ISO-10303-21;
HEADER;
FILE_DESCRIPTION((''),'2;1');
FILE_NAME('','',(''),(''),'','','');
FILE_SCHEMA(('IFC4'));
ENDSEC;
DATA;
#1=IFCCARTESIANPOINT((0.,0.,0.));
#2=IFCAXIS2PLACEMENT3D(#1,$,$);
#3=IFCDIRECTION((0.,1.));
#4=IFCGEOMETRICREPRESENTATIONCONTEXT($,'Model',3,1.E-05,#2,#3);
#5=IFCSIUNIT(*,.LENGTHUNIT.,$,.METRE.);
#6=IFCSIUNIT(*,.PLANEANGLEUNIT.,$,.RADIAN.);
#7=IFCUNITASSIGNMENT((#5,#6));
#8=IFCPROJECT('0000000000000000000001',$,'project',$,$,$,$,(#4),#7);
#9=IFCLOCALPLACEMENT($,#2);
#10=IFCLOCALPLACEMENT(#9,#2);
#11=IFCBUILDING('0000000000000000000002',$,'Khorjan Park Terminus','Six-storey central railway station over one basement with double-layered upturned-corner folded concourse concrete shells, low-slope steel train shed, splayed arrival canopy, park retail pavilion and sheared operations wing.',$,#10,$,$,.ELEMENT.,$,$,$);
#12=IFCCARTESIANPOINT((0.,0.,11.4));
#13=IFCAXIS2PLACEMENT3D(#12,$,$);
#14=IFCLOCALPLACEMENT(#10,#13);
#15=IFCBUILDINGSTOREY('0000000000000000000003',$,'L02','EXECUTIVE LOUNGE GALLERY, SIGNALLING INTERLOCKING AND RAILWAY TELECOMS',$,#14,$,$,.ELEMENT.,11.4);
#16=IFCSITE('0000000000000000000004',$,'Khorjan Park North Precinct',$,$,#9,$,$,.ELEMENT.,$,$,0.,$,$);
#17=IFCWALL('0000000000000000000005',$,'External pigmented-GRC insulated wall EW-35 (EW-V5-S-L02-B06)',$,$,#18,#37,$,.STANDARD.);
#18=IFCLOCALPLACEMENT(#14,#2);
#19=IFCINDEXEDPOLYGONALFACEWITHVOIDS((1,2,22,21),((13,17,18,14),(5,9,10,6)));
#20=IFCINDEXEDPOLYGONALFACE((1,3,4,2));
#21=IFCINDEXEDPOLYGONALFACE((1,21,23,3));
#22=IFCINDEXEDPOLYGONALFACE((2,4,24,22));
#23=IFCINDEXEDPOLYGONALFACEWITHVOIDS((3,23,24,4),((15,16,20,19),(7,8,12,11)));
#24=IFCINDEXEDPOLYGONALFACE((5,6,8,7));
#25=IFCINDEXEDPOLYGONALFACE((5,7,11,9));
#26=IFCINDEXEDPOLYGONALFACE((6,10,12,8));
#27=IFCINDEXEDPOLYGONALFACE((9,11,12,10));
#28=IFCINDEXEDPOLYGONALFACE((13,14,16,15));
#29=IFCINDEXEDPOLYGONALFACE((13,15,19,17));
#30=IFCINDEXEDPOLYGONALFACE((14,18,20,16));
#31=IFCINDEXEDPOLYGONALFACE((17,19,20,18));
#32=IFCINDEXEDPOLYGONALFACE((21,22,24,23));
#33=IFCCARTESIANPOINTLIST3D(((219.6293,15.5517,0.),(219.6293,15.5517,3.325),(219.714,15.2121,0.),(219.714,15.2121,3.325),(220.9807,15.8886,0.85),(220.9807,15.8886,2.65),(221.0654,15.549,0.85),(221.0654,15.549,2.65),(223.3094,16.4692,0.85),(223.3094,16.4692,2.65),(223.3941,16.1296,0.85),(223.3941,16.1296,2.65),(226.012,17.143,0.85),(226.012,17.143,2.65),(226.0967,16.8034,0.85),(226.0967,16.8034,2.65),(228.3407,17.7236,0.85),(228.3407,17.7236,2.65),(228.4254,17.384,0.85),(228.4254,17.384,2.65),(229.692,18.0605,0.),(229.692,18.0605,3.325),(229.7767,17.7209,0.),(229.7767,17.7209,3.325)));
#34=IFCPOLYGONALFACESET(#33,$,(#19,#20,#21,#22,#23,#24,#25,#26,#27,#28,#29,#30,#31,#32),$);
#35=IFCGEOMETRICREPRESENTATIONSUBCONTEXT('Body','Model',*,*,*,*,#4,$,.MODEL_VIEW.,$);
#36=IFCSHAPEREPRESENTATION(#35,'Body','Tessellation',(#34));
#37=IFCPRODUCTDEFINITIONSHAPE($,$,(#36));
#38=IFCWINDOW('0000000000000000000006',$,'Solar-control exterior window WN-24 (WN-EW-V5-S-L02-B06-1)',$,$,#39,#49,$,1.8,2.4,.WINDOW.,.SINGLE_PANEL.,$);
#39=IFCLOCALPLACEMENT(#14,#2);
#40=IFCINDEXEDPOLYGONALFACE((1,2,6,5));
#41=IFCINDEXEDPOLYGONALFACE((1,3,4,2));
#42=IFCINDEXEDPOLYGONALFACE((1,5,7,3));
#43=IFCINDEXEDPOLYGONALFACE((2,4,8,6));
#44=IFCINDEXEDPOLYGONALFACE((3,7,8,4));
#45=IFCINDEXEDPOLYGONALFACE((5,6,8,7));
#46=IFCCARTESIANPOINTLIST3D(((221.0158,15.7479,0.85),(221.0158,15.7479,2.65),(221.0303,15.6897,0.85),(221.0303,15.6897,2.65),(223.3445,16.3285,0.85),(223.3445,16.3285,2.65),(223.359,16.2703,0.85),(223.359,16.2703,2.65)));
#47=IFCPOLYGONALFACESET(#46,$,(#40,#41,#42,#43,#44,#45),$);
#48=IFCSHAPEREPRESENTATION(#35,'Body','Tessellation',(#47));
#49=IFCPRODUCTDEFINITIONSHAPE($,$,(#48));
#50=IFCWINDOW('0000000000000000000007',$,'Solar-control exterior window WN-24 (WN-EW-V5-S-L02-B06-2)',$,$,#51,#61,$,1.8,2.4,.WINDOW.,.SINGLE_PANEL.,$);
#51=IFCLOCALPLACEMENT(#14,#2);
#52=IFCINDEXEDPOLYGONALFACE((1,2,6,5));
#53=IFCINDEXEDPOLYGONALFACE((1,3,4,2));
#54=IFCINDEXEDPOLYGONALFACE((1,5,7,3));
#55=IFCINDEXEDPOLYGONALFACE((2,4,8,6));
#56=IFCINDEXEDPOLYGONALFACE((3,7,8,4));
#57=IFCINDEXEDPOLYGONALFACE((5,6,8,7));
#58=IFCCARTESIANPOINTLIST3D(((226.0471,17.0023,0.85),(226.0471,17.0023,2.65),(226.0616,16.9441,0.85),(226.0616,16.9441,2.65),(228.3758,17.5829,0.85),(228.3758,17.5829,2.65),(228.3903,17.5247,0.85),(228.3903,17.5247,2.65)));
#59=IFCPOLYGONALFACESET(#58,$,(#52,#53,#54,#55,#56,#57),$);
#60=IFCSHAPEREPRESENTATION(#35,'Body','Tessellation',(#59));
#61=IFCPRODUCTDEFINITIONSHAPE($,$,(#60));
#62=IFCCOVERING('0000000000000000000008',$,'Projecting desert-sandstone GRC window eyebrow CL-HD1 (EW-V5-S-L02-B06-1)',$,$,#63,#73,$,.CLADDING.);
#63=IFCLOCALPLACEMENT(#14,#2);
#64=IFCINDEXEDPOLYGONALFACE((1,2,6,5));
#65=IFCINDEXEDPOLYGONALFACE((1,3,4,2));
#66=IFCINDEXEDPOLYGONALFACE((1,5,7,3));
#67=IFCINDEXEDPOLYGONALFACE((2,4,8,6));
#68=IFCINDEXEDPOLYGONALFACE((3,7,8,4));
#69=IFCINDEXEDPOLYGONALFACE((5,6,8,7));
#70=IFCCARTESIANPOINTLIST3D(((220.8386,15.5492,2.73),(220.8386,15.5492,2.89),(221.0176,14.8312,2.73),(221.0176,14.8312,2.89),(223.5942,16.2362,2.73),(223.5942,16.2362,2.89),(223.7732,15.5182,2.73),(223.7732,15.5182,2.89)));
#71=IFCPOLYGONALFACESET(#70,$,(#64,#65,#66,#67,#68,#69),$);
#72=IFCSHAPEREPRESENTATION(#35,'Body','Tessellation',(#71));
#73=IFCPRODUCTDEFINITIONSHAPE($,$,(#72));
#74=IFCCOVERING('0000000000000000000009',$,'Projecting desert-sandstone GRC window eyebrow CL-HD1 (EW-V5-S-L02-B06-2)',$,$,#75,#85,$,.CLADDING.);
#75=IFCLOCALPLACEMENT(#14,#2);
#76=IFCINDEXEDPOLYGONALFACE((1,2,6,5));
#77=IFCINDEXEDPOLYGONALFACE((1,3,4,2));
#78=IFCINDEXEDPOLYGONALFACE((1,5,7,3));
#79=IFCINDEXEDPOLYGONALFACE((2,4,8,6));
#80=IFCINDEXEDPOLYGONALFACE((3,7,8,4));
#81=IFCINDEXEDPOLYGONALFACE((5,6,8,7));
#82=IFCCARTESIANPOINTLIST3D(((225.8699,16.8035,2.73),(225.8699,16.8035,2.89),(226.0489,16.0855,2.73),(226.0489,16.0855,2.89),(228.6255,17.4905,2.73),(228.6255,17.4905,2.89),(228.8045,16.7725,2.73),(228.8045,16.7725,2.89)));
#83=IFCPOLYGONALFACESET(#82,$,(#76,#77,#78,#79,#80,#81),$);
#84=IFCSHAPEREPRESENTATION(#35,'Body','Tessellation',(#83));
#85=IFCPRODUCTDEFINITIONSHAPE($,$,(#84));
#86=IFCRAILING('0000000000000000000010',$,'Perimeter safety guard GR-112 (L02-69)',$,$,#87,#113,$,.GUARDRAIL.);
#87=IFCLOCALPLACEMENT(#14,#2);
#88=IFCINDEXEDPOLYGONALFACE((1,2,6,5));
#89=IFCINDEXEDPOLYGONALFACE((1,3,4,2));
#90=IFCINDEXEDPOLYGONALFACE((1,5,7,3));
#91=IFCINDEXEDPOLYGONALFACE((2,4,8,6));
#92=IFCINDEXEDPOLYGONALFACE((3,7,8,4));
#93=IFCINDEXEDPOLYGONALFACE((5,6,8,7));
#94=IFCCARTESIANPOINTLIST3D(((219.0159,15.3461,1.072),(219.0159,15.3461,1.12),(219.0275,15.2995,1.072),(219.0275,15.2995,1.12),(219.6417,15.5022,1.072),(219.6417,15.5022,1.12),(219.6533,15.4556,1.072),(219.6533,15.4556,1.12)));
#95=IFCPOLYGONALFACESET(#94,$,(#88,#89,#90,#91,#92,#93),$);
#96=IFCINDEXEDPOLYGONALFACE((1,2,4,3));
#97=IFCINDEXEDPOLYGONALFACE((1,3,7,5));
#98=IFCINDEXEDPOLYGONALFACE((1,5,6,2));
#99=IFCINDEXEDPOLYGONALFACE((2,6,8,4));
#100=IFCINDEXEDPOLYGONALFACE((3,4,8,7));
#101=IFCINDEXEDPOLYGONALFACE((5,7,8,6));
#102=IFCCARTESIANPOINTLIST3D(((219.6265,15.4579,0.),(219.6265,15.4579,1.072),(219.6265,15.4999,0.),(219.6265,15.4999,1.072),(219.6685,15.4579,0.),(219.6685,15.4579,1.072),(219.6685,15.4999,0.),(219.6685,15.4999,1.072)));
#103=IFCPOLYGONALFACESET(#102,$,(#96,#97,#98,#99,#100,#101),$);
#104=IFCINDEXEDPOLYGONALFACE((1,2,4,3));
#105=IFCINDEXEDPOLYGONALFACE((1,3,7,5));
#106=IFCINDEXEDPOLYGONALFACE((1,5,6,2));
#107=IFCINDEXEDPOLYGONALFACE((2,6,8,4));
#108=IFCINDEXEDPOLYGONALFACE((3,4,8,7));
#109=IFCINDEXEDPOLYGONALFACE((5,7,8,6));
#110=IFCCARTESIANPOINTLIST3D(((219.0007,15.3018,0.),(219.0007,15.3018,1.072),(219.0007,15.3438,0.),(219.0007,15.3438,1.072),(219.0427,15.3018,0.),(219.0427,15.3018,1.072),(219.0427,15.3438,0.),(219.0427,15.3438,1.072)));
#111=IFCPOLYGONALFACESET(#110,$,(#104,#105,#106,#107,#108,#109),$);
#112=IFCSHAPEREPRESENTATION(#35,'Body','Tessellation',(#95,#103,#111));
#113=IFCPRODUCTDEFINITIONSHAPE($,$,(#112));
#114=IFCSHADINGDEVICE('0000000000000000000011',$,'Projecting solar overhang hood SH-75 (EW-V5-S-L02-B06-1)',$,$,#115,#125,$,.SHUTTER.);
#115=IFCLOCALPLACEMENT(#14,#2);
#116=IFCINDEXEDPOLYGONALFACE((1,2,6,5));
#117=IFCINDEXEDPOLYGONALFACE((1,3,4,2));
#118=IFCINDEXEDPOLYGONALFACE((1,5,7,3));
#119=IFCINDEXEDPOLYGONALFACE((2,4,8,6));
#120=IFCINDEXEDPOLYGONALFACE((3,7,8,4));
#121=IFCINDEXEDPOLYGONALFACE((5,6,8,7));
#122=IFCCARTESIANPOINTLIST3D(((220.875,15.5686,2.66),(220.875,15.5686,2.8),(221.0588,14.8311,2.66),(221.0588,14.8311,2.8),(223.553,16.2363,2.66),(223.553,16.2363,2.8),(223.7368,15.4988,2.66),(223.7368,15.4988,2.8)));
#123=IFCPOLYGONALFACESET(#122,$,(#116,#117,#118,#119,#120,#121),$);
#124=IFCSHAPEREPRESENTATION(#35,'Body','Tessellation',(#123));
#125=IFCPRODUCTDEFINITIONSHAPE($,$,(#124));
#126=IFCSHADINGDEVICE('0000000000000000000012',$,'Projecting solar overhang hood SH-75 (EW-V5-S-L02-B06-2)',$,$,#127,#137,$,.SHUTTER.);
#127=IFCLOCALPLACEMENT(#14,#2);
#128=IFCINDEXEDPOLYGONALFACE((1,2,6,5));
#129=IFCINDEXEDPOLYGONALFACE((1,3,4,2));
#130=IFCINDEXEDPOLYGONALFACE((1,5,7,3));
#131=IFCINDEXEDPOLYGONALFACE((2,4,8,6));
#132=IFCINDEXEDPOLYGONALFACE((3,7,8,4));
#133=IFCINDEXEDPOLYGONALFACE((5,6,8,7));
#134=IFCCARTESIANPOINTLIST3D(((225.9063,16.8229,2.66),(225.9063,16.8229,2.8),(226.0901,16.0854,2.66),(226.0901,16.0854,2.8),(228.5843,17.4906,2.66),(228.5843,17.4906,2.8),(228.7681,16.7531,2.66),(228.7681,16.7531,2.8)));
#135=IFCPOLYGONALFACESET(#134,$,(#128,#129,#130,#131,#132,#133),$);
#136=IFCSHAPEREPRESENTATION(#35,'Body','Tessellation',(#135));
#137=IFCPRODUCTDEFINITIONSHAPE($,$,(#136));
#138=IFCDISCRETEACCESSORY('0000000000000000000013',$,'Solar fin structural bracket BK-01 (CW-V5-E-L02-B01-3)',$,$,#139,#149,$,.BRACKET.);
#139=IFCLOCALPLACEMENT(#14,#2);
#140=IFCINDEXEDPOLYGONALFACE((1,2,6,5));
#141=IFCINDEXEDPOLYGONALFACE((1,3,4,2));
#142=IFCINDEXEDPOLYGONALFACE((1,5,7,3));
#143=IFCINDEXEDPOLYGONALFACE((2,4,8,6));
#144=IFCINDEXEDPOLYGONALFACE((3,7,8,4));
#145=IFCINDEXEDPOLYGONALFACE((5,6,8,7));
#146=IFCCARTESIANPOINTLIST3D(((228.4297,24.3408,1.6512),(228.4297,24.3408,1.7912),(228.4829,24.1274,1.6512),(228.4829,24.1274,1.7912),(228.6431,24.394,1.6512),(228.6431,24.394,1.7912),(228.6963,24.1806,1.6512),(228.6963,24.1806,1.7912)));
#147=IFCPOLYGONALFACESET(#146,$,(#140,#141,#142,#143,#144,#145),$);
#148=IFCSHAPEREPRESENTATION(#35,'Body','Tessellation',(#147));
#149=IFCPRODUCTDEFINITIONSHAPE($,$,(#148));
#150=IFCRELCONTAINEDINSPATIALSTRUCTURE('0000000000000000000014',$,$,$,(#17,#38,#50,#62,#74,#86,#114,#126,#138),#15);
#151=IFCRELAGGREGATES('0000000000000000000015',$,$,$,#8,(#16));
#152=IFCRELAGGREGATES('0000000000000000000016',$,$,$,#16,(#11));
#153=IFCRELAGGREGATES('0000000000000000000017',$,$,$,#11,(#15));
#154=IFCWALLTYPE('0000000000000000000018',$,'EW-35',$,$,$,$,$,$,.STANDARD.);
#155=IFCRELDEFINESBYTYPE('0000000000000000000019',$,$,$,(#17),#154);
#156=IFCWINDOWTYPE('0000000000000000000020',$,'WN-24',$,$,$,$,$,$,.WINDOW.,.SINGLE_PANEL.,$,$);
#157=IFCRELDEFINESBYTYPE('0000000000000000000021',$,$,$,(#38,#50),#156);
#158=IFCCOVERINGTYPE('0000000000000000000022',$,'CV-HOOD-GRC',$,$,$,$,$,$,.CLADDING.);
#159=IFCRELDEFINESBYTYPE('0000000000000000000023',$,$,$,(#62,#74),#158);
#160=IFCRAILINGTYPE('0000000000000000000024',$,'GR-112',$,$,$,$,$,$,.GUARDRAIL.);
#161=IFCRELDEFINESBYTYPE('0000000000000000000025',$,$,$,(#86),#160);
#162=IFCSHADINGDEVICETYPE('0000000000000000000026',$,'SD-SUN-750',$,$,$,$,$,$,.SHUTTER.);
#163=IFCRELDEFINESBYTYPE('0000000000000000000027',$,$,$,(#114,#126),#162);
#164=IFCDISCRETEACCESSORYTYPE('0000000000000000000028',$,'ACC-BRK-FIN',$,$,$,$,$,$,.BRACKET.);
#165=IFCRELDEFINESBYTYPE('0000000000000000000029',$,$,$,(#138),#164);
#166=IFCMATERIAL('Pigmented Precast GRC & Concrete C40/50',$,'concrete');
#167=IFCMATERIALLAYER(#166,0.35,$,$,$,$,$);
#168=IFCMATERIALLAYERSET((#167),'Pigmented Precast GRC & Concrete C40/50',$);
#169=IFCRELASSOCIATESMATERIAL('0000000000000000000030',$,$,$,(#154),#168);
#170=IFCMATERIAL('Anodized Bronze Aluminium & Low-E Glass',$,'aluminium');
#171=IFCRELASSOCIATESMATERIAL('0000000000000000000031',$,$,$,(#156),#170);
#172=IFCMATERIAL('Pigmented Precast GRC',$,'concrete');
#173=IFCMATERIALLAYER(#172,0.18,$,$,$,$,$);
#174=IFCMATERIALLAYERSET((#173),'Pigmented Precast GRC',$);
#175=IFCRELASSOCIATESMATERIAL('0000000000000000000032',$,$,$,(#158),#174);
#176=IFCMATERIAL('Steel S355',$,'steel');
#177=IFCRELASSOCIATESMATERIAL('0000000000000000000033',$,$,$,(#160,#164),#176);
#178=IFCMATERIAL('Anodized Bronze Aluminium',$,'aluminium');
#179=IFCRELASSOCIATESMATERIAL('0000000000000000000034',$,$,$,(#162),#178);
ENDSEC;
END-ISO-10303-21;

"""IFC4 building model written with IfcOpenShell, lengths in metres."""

from ifc_helpers import new_model, si_unit, direction, frame, frame_2d, origin, origin_2d, place, context, subcontext, project, spatial, rectangle, extrude, material, layer, layer_set, type_object, element, fill, save


model = new_model("IFC4")

# Units and contexts
model_context = context("Model", 3, precision=1e-05, world=origin(), true_north=direction((0.0, 1.0)))
body_context = subcontext(model_context, "Body", "Model", "MODEL_VIEW")
ifc_project = project(units=[si_unit("LENGTHUNIT", "METRE"), si_unit("PLANEANGLEUNIT", "RADIAN")], contexts=[model_context])

# Site, building, storey
site_placement = place(None, origin())
site = spatial("IfcSite", under=ifc_project, at=site_placement, Name="Khorjan Park North Precinct", CompositionType="ELEMENT", RefElevation=0.0)
building_placement = place(site_placement, origin())
building = spatial("IfcBuilding", under=site, at=building_placement, Name="Khorjan Park Terminus", Description="Six-storey central railway station over one basement with double-layered upturned-corner folded concourse concrete shells, low-slope steel train shed, splayed arrival canopy, park retail pavilion and sheared operations wing.", CompositionType="ELEMENT")
storey_placement = place(building_placement, frame((0.0, 0.0, 11.4)))
storey = spatial("IfcBuildingStorey", under=building, at=storey_placement, Name="L02", Description="EXECUTIVE LOUNGE GALLERY, SIGNALLING INTERLOCKING AND RAILWAY TELECOMS", CompositionType="ELEMENT", Elevation=11.4)

# Shared definitions
ifc_material_1 = material(Name="Steel S355", Category="steel")

# Shared definitions
ifc_material_2 = material(Name="Anodized Bronze Aluminium", Category="aluminium")

# Wall, openings, windows
ifc_material_3 = material(Name="Pigmented Precast GRC & Concrete C40/50", Category="concrete")
ifc_layer_1 = layer(ifc_material_3, 0.35)
ifc_layer_set_1 = layer_set([ifc_layer_1], Name="Pigmented Precast GRC & Concrete C40/50")
wall_type = type_object("IfcWallType", Name="EW-35", PredefinedType="STANDARD", material=ifc_layer_set_1)
wall_placement = place(storey_placement, frame((219.6717, 15.3819, 0.0), z_axis=(0.0, 0.0, 1.0), x_axis=(0.970298, 0.241912, 0.0)))
wall = element("IfcWall", 1, at=wall_placement, inside=storey, type_object=wall_type, Name="External pigmented-GRC insulated wall EW-35 (EW-V5-S-L02-B06)", PredefinedType="STANDARD", context=body_context, shape_type="SweptSolid", body=[
    extrude(rectangle(XDim=10.3707, YDim=0.35, at=frame_2d((5.1853, 0.0))), origin(), (0.0, 0.0, 1.0), 3.325),
])
opening_1_placement = place(wall_placement, frame((1.3927, 0.0, 0.85)))
opening_1 = element("IfcOpeningElement", 2, at=opening_1_placement, cuts=wall, PredefinedType="OPENING", context=body_context, shape_type="SweptSolid", body=[
    extrude(rectangle(XDim=2.4, YDim=1.8, at=frame_2d((1.2, 0.9))), frame((0.0, 0.185, 0.0), z_axis=(0.0, -1.0, 0.0), x_axis=(1.0, 0.0, 0.0)), (0.0, 0.0, 1.0), 0.37),
])
opening_2_placement = place(wall_placement, frame((6.578, 0.0, 0.85)))
opening_2 = element("IfcOpeningElement", 3, at=opening_2_placement, cuts=wall, PredefinedType="OPENING", context=body_context, shape_type="SweptSolid", body=[
    extrude(rectangle(XDim=2.4, YDim=1.8, at=frame_2d((1.2, 0.9))), frame((0.0, 0.185, 0.0), z_axis=(0.0, -1.0, 0.0), x_axis=(1.0, 0.0, 0.0)), (0.0, 0.0, 1.0), 0.37),
])
ifc_material_4 = material(Name="Anodized Bronze Aluminium & Low-E Glass", Category="aluminium")
window_type = type_object("IfcWindowType", Name="WN-24", PartitioningType="SINGLE_PANEL", PredefinedType="WINDOW", material=ifc_material_4)
window_1_placement = place(opening_1_placement, origin())
window_1 = element("IfcWindow", 4, at=window_1_placement, inside=storey, type_object=window_type, Name="Solar-control exterior window WN-24 (WN-EW-V5-S-L02-B06-1)", OverallHeight=1.8, OverallWidth=2.4, PartitioningType="SINGLE_PANEL", PredefinedType="WINDOW", context=body_context, shape_type="SweptSolid", body=[
    extrude(rectangle(XDim=2.4, YDim=1.8, at=frame_2d((1.2, 0.9))), frame((0.0, 0.03, 0.0), z_axis=(0.0, -1.0, 0.0), x_axis=(1.0, 0.0, 0.0)), (0.0, 0.0, 1.0), 0.06),
])
fill(opening_1, window_1)
window_2_placement = place(opening_2_placement, origin())
window_2 = element("IfcWindow", 5, at=window_2_placement, inside=storey, type_object=window_type, Name="Solar-control exterior window WN-24 (WN-EW-V5-S-L02-B06-2)", OverallHeight=1.8, OverallWidth=2.4, PartitioningType="SINGLE_PANEL", PredefinedType="WINDOW", context=body_context, shape_type="SweptSolid", body=[
    extrude(rectangle(XDim=2.4, YDim=1.8, at=frame_2d((1.2, 0.9))), frame((0.0, 0.03, 0.0), z_axis=(0.0, -1.0, 0.0), x_axis=(1.0, 0.0, 0.0)), (0.0, 0.0, 1.0), 0.06),
])
fill(opening_2, window_2)

# Coverings
ifc_material_5 = material(Name="Pigmented Precast GRC", Category="concrete")
ifc_layer_2 = layer(ifc_material_5, 0.18)
ifc_layer_set_2 = layer_set([ifc_layer_2], Name="Pigmented Precast GRC")
covering_type = type_object("IfcCoveringType", Name="CV-HOOD-GRC", PredefinedType="CLADDING", material=ifc_layer_set_2)
for number, where, z_axis, x_axis, name in (
    (6, (222.3059, 15.5337, 2.73), (0.0, 0.0, 1.0), (0.970298, 0.241912, 0.0), "Projecting desert-sandstone GRC window eyebrow CL-HD1 (EW-V5-S-L02-B06-1)"),
    (7, (227.3372, 16.788, 2.73), (0.0, 0.0, 1.0), (0.970298, 0.241912, 0.0), "Projecting desert-sandstone GRC window eyebrow CL-HD1 (EW-V5-S-L02-B06-2)"),
):
    element("IfcCovering", number, at=place(storey_placement, frame(where, z_axis=z_axis, x_axis=x_axis)), inside=storey, type_object=covering_type, Name=name, PredefinedType="CLADDING", context=body_context, shape_type="SweptSolid", body=[
        extrude(rectangle(XDim=2.84, YDim=0.74, at=origin_2d()), origin(), (0.0, 0.0, 1.0), 0.16),
    ])

# Railing
railing_type = type_object("IfcRailingType", Name="GR-112", PredefinedType="GUARDRAIL", material=ifc_material_1)
railing_placement = place(storey_placement, frame((219.6475, 15.4789, 0.0)))
element("IfcRailing", 8, at=railing_placement, inside=storey, type_object=railing_type, Name="Perimeter safety guard GR-112 (L02-69)", PredefinedType="GUARDRAIL", context=body_context, shape_type="SweptSolid", body=[
    extrude(rectangle(XDim=0.048, YDim=0.048, at=origin_2d()), frame((0.0, 0.0, 1.096), z_axis=(-0.97027, -0.242025, 0.0), x_axis=(0.242025, -0.97027, 0.0)), (0.0, 0.0, 1.0), 0.645),
    extrude(rectangle(XDim=0.042, YDim=0.042, at=origin_2d()), origin(), (0.0, 0.0, 1.0), 1.072),
    extrude(rectangle(XDim=0.042, YDim=0.042, at=origin_2d()), frame((-0.6258, -0.1561, 0.0)), (0.0, 0.0, 1.0), 1.072),
])

# Shading devices
shading_device_type = type_object("IfcShadingDeviceType", Name="SD-SUN-750", PredefinedType="SHUTTER", material=ifc_material_2)
for number, where, z_axis, x_axis, name in (
    (9, (222.3059, 15.5337, 2.66), (0.0, 0.0, 1.0), (0.970298, 0.241912, 0.0), "Projecting solar overhang hood SH-75 (EW-V5-S-L02-B06-1)"),
    (10, (227.3372, 16.788, 2.66), (0.0, 0.0, 1.0), (0.970298, 0.241912, 0.0), "Projecting solar overhang hood SH-75 (EW-V5-S-L02-B06-2)"),
):
    element("IfcShadingDevice", number, at=place(storey_placement, frame(where, z_axis=z_axis, x_axis=x_axis)), inside=storey, type_object=shading_device_type, Name=name, PredefinedType="SHUTTER", context=body_context, shape_type="SweptSolid", body=[
        extrude(rectangle(XDim=2.76, YDim=0.76, at=origin_2d()), origin(), (0.0, 0.0, 1.0), 0.14),
    ])

# Discrete accessory
discrete_accessory_type = type_object("IfcDiscreteAccessoryType", Name="ACC-BRK-FIN", PredefinedType="BRACKET", material=ifc_material_1)
discrete_accessory_placement = place(storey_placement, frame((228.563, 24.2607, 1.6512), z_axis=(0.0, 0.0, 1.0), x_axis=(-0.24192, 0.970296, 0.0)))
element("IfcDiscreteAccessory", 11, at=discrete_accessory_placement, inside=storey, type_object=discrete_accessory_type, Name="Solar fin structural bracket BK-01 (CW-V5-E-L02-B01-3)", PredefinedType="BRACKET", context=body_context, shape_type="SweptSolid", body=[
    extrude(rectangle(XDim=0.22, YDim=0.22, at=origin_2d()), origin(), (0.0, 0.0, 1.0), 0.14),
])

save(model, "model.ifc")
